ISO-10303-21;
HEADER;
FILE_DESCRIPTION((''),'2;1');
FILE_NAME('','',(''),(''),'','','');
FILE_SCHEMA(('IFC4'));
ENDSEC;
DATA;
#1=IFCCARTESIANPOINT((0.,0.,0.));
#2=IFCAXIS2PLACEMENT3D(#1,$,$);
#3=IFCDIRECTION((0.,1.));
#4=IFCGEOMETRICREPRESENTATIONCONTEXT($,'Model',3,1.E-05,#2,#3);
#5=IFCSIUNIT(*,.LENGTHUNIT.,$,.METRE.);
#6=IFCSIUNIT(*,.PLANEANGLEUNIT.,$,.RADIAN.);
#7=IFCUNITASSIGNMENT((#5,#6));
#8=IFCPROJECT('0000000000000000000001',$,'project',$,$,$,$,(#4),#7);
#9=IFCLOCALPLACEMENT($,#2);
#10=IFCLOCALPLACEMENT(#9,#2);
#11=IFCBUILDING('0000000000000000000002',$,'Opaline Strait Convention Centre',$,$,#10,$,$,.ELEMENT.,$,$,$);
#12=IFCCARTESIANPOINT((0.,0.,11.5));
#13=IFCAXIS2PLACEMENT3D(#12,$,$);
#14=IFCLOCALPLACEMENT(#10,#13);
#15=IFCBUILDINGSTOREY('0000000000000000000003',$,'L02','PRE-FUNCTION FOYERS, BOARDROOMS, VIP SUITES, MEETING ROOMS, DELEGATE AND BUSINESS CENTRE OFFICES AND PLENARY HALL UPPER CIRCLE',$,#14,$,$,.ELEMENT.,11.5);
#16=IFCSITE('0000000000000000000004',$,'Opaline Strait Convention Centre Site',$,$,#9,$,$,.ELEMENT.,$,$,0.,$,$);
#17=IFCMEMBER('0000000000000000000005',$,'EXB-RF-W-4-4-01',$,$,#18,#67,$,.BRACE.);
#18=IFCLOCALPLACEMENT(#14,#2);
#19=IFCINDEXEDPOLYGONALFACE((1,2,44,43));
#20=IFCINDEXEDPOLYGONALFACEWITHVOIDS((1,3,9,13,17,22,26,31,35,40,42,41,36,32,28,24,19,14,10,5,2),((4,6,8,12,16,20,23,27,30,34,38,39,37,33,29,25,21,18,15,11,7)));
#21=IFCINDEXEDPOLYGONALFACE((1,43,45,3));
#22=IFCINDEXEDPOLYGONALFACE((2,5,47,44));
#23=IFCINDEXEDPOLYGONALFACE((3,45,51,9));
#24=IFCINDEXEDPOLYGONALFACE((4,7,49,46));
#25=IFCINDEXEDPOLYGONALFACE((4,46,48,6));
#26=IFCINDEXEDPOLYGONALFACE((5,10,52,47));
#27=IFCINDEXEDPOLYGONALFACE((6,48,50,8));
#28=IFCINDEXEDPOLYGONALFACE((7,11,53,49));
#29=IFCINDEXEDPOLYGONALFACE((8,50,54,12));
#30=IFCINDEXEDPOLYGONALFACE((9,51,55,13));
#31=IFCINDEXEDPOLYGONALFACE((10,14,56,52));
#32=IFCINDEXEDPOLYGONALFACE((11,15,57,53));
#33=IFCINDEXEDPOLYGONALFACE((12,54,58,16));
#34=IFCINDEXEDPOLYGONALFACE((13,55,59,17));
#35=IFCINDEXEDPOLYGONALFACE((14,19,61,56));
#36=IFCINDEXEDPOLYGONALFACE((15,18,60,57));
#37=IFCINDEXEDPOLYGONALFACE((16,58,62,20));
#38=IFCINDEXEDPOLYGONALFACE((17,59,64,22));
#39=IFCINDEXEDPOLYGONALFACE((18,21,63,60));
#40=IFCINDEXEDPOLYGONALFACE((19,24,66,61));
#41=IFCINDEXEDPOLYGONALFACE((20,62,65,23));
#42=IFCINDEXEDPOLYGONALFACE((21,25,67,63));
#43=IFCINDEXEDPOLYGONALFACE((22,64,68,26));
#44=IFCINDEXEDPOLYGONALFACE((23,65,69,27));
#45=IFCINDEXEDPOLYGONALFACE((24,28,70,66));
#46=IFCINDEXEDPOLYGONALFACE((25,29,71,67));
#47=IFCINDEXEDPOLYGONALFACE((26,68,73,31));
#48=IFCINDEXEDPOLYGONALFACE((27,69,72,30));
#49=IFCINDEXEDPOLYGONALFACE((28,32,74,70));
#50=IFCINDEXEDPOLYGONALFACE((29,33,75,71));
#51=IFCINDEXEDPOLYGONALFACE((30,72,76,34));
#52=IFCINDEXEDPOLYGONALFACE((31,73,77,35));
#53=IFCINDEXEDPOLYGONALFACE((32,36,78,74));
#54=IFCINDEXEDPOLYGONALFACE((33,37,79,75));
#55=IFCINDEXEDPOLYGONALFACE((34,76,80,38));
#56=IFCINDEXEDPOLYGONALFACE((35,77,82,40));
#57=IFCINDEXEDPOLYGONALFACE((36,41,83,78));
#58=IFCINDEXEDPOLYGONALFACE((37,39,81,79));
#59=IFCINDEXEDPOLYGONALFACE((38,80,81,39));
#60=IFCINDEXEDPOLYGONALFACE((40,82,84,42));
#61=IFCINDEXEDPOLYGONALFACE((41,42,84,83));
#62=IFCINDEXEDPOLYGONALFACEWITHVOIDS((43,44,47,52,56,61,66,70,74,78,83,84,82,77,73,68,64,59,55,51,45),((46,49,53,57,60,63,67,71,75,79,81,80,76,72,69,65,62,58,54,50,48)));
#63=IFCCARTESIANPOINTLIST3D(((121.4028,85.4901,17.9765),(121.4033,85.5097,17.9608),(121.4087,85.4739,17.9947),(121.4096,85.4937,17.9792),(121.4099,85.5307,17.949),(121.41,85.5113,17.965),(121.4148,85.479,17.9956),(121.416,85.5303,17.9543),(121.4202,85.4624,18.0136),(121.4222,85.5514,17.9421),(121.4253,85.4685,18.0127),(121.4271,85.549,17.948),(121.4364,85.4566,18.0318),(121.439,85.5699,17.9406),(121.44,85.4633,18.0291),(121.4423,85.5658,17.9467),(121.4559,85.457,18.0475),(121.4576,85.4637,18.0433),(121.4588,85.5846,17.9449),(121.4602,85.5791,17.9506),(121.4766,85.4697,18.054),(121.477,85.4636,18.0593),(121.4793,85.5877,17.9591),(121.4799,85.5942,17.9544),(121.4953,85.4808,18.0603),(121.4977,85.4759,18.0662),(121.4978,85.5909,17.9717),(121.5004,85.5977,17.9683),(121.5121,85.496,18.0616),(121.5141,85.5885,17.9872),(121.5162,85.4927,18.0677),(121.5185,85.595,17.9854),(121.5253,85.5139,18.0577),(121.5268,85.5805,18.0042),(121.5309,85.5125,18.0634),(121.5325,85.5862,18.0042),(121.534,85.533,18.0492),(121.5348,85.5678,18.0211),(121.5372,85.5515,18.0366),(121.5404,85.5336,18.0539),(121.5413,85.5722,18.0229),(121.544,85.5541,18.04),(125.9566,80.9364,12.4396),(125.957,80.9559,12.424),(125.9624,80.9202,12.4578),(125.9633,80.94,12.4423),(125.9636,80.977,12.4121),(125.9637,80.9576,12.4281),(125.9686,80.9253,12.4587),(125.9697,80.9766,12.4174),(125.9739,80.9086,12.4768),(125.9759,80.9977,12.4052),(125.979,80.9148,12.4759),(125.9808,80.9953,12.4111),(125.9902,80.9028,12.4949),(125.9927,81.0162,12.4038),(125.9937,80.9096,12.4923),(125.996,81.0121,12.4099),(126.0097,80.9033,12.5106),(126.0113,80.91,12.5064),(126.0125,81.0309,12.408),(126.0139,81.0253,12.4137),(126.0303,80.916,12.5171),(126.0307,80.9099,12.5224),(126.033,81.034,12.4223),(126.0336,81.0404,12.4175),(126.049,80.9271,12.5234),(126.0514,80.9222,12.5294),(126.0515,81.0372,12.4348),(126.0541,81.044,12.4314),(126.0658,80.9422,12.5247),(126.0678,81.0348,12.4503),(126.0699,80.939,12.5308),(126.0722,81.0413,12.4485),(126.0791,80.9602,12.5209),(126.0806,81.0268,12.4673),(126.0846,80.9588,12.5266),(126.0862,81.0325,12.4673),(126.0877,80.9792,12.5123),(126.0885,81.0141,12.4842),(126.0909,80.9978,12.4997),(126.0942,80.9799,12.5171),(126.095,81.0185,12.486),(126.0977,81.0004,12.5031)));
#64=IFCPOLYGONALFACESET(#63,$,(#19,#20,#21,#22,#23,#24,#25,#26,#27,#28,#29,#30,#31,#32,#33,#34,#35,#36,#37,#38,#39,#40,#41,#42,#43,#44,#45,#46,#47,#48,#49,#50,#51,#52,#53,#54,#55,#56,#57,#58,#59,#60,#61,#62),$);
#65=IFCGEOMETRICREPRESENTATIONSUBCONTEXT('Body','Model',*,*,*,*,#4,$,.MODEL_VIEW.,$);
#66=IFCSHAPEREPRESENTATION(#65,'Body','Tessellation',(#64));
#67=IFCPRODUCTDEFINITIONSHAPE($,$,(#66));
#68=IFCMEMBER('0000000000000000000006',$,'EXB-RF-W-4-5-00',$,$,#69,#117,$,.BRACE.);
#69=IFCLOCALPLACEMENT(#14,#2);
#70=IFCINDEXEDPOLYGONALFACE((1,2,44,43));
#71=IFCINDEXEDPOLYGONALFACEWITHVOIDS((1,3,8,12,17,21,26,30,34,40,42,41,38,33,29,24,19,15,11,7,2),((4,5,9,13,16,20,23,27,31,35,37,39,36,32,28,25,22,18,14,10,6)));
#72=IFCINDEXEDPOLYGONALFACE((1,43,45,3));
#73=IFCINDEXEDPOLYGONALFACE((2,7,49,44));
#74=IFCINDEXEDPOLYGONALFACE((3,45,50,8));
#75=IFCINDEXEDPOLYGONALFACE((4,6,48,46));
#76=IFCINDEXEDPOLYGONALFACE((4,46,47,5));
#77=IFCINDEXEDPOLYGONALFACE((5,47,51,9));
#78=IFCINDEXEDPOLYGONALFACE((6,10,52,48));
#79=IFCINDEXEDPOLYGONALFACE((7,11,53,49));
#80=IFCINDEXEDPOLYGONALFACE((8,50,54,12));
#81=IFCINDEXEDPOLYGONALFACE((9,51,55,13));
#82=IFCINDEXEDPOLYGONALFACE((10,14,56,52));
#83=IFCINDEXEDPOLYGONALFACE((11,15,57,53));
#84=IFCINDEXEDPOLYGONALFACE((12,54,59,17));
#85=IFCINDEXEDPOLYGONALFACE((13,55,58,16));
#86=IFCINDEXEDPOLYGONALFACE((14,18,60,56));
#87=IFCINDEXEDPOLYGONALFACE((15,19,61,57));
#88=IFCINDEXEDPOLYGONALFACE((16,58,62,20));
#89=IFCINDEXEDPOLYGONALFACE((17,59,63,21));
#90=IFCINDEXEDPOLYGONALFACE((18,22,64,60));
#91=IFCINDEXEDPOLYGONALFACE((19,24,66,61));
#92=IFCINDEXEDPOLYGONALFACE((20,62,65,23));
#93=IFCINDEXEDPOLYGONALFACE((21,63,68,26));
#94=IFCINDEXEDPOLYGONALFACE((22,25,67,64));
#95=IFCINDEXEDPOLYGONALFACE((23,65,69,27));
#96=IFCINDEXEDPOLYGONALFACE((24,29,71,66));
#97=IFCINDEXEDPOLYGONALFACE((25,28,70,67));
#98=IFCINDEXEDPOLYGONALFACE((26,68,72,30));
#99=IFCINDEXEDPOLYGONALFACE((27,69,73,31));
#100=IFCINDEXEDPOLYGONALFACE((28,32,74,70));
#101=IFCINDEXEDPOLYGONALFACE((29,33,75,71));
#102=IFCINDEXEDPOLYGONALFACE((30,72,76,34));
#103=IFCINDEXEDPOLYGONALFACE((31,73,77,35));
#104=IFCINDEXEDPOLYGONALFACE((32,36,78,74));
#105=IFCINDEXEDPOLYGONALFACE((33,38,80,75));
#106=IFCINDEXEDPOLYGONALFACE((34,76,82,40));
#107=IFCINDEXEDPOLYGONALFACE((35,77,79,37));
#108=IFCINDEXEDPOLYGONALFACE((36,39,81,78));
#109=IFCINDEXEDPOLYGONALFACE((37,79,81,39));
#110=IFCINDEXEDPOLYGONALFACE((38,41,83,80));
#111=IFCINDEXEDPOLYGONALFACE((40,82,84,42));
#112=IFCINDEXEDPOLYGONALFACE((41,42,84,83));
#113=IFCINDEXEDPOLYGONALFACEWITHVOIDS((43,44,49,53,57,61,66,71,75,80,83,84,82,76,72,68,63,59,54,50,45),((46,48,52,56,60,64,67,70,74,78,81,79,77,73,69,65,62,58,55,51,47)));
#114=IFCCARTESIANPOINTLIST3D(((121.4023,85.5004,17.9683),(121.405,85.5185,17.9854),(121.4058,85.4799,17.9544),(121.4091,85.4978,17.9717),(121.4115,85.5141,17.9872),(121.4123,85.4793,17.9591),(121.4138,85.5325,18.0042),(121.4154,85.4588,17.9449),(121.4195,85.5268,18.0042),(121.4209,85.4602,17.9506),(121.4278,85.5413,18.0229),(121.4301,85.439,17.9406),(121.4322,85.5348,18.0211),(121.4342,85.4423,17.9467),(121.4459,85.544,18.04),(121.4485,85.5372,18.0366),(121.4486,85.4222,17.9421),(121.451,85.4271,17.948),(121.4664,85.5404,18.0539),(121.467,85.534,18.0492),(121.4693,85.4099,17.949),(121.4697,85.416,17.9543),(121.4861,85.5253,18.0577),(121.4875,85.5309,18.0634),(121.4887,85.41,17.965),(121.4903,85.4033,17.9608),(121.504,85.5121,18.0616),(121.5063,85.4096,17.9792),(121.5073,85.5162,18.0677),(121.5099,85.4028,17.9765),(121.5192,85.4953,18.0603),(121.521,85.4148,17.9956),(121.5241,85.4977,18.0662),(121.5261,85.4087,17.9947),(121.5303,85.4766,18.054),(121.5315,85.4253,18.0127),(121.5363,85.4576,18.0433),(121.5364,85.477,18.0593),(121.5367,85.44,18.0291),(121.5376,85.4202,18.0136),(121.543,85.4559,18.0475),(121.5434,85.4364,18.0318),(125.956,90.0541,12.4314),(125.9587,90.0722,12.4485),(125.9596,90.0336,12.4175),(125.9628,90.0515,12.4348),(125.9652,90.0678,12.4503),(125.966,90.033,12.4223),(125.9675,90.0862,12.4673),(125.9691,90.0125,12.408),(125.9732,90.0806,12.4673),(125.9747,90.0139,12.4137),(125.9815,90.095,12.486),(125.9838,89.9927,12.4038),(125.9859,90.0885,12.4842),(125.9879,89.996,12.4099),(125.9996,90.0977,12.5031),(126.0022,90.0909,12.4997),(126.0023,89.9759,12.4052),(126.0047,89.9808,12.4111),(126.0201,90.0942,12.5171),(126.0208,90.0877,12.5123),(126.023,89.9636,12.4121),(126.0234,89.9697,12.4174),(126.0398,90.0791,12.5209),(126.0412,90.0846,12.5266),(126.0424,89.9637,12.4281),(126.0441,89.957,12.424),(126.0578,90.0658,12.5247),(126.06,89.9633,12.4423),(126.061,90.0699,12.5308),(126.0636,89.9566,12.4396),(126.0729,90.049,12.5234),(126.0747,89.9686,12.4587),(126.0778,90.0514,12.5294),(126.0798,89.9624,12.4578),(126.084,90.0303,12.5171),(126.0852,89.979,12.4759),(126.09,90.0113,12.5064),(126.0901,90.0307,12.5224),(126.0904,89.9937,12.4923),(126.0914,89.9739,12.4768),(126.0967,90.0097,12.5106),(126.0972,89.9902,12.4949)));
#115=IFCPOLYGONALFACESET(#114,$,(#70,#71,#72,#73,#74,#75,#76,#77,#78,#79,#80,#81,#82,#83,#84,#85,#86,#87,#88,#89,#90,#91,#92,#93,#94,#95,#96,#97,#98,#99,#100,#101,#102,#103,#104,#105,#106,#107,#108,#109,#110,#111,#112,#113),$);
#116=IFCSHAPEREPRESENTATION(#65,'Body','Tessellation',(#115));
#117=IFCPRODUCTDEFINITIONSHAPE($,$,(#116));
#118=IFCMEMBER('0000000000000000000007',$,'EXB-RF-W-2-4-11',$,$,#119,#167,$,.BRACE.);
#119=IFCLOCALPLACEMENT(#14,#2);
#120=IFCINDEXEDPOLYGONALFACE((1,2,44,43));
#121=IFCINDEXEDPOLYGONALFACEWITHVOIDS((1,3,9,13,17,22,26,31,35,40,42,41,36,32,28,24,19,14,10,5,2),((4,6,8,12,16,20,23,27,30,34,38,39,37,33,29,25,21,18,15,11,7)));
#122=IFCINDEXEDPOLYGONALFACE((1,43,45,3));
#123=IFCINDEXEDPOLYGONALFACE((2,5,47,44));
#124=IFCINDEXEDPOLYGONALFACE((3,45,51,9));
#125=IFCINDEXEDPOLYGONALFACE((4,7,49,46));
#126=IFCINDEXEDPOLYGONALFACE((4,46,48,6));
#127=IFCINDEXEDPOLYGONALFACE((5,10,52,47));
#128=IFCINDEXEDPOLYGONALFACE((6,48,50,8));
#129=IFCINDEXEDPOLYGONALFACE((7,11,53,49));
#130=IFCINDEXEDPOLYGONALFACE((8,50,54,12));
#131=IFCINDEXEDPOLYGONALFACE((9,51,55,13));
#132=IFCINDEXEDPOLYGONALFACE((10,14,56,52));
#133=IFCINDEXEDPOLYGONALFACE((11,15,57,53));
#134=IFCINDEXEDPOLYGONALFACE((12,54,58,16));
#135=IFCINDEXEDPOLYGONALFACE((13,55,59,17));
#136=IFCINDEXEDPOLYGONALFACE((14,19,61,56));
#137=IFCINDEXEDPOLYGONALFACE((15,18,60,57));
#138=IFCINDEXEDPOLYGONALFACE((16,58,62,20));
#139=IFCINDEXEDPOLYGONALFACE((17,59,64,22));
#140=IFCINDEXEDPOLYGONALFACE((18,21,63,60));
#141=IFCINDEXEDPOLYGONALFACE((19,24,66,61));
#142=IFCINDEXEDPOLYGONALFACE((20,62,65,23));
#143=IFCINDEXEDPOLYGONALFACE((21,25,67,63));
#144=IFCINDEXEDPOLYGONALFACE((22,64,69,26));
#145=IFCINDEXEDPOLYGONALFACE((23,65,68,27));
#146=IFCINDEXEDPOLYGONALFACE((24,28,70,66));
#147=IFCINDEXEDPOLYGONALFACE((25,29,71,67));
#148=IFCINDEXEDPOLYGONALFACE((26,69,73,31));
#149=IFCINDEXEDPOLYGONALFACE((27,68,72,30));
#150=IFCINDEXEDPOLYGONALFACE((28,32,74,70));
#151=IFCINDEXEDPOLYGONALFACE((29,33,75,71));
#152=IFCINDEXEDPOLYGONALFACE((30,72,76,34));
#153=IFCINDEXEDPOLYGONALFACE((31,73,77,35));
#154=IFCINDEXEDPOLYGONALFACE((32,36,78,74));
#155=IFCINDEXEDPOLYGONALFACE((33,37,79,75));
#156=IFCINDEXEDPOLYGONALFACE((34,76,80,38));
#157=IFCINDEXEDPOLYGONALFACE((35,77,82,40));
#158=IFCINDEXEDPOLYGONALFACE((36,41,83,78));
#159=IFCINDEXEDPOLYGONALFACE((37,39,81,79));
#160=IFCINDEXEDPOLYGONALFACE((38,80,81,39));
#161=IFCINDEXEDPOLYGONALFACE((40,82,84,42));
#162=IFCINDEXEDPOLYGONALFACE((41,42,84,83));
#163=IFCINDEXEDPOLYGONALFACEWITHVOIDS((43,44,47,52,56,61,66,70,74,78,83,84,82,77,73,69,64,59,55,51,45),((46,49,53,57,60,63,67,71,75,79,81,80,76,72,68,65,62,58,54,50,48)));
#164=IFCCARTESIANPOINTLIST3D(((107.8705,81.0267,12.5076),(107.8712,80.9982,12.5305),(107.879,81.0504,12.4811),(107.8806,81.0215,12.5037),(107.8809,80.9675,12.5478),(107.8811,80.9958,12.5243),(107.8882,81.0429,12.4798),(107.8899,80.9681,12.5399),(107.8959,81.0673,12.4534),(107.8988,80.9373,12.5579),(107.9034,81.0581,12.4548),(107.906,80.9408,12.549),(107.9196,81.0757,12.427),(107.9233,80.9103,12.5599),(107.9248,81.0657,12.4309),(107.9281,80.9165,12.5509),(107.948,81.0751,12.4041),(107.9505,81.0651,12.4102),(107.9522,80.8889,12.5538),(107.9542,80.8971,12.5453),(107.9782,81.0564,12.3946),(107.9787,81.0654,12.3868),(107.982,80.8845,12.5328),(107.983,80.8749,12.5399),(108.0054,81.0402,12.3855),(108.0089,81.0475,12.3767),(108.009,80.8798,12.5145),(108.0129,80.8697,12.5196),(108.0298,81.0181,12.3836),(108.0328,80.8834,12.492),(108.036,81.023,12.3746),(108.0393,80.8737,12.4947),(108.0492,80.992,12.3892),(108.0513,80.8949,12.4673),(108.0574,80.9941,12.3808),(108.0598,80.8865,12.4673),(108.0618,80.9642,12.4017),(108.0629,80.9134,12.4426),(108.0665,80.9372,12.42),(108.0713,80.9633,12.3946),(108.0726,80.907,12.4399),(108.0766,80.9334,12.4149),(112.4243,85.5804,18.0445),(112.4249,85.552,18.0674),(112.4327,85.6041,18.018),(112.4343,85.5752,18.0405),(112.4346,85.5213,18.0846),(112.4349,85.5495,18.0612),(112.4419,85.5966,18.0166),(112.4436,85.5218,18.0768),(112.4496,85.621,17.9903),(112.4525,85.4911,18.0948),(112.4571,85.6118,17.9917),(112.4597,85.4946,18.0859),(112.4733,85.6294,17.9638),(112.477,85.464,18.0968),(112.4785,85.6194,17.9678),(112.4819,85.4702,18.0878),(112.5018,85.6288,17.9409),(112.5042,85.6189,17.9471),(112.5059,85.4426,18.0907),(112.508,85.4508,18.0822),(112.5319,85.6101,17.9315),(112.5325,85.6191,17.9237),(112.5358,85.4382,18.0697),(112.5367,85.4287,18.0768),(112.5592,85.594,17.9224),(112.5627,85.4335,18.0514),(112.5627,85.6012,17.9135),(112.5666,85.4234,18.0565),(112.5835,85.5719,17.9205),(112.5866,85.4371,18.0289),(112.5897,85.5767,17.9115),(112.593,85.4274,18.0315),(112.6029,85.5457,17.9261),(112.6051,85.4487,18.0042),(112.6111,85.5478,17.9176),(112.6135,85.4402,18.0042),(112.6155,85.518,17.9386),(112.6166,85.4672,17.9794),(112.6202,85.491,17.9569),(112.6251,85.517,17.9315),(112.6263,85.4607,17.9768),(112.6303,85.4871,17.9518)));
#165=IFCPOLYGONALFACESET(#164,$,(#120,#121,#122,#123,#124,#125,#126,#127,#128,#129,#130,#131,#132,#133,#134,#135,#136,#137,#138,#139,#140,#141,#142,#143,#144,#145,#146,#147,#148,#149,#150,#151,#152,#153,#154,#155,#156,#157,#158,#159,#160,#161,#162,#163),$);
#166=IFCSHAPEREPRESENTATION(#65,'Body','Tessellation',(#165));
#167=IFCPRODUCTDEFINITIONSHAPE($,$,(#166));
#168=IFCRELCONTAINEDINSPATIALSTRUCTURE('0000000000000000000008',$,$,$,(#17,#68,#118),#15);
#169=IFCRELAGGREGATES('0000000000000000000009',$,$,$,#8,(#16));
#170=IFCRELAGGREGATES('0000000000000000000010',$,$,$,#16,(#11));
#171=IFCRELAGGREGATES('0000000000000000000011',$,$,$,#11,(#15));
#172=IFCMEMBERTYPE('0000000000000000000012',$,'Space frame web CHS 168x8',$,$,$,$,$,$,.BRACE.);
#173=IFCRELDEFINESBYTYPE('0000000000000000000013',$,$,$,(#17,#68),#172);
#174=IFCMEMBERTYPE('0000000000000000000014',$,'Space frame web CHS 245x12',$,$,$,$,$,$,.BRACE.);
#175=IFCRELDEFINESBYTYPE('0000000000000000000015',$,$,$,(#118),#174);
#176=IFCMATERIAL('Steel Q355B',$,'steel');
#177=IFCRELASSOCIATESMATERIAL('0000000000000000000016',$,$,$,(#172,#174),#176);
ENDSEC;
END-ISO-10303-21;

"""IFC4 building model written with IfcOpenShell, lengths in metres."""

from ifc_helpers import new_model, si_unit, direction, frame, origin, origin_2d, place, context, subcontext, project, spatial, hollow_circle, extrude, material, material_profile, profile_set, type_object, element, save


model = new_model("IFC4")

# Units and contexts
model_context = context("Model", 3, precision=1e-05, world=origin(), true_north=direction((0.0, 1.0)))
body_context = subcontext(model_context, "Body", "Model", "MODEL_VIEW")
ifc_project = project(units=[si_unit("LENGTHUNIT", "METRE"), si_unit("PLANEANGLEUNIT", "RADIAN")], contexts=[model_context])

# Site, building, storey
site_placement = place(None, origin())
site = spatial("IfcSite", under=ifc_project, at=site_placement, Name="Opaline Strait Convention Centre Site", CompositionType="ELEMENT", RefElevation=0.0)
building_placement = place(site_placement, origin())
building = spatial("IfcBuilding", under=site, at=building_placement, Name="Opaline Strait Convention Centre", CompositionType="ELEMENT")
storey_placement = place(building_placement, frame((0.0, 0.0, 11.5)))
storey = spatial("IfcBuildingStorey", under=building, at=storey_placement, Name="L02", Description="PRE-FUNCTION FOYERS, BOARDROOMS, VIP SUITES, MEETING ROOMS, DELEGATE AND BUSINESS CENTRE OFFICES AND PLENARY HALL UPPER CIRCLE", CompositionType="ELEMENT", Elevation=11.5)

# Members
ifc_material = material(Name="Steel Q355B", Category="steel")
ifc_material_profile_1 = material_profile(ifc_material, hollow_circle(Radius=0.084, WallThickness=0.0081, at=origin_2d()), Name="CHS 168x8")
ifc_profile_set_1 = profile_set([ifc_material_profile_1], Name="Steel Q355B")
member_type_1 = type_object("IfcMemberType", Name="Space frame web CHS 168x8", PredefinedType="BRACE", material=ifc_profile_set_1)
for number, where, z_axis, x_axis, name in (
    (1, (121.4731, 85.5269, 18.0042), (0.536178, -0.536178, -0.65194), (0.707107, 0.707107, 0.0), "EXB-RF-W-4-4-01"),
    (2, (121.4731, 85.4731, 18.0042), (0.536178, 0.536178, -0.65194), (-0.707107, 0.707107, 0.0), "EXB-RF-W-4-5-00"),
):
    element("IfcMember", number, at=place(storey_placement, frame(where, z_axis=z_axis, x_axis=x_axis)), inside=storey, type_object=member_type_1, Name=name, PredefinedType="BRACE", context=body_context, shape_type="SweptSolid", body=[
        extrude(hollow_circle(Radius=0.084, WallThickness=0.0081, at=origin_2d()), origin(), (0.0, 0.0, 1.0), 8.4929),
    ])
ifc_material_profile_2 = material_profile(ifc_material, hollow_circle(Radius=0.1226, WallThickness=0.012, at=origin_2d()), Name="CHS 245x12")
ifc_profile_set_2 = profile_set([ifc_material_profile_2], Name="Steel Q355B")
member_type_2 = type_object("IfcMemberType", Name="Space frame web CHS 245x12", PredefinedType="BRACE", material=ifc_profile_set_2)
for number, where, z_axis, x_axis, name in (
    (3, (112.5269, 85.5269, 18.0042), (-0.536178, -0.536178, -0.65194), (0.707107, -0.707107, 0.0), "EXB-RF-W-2-4-11"),
):
    element("IfcMember", number, at=place(storey_placement, frame(where, z_axis=z_axis, x_axis=x_axis)), inside=storey, type_object=member_type_2, Name=name, PredefinedType="BRACE", context=body_context, shape_type="SweptSolid", body=[
        extrude(hollow_circle(Radius=0.1226, WallThickness=0.012, at=origin_2d()), origin(), (0.0, 0.0, 1.0), 8.4929),
    ])

save(model, "model.ifc")
